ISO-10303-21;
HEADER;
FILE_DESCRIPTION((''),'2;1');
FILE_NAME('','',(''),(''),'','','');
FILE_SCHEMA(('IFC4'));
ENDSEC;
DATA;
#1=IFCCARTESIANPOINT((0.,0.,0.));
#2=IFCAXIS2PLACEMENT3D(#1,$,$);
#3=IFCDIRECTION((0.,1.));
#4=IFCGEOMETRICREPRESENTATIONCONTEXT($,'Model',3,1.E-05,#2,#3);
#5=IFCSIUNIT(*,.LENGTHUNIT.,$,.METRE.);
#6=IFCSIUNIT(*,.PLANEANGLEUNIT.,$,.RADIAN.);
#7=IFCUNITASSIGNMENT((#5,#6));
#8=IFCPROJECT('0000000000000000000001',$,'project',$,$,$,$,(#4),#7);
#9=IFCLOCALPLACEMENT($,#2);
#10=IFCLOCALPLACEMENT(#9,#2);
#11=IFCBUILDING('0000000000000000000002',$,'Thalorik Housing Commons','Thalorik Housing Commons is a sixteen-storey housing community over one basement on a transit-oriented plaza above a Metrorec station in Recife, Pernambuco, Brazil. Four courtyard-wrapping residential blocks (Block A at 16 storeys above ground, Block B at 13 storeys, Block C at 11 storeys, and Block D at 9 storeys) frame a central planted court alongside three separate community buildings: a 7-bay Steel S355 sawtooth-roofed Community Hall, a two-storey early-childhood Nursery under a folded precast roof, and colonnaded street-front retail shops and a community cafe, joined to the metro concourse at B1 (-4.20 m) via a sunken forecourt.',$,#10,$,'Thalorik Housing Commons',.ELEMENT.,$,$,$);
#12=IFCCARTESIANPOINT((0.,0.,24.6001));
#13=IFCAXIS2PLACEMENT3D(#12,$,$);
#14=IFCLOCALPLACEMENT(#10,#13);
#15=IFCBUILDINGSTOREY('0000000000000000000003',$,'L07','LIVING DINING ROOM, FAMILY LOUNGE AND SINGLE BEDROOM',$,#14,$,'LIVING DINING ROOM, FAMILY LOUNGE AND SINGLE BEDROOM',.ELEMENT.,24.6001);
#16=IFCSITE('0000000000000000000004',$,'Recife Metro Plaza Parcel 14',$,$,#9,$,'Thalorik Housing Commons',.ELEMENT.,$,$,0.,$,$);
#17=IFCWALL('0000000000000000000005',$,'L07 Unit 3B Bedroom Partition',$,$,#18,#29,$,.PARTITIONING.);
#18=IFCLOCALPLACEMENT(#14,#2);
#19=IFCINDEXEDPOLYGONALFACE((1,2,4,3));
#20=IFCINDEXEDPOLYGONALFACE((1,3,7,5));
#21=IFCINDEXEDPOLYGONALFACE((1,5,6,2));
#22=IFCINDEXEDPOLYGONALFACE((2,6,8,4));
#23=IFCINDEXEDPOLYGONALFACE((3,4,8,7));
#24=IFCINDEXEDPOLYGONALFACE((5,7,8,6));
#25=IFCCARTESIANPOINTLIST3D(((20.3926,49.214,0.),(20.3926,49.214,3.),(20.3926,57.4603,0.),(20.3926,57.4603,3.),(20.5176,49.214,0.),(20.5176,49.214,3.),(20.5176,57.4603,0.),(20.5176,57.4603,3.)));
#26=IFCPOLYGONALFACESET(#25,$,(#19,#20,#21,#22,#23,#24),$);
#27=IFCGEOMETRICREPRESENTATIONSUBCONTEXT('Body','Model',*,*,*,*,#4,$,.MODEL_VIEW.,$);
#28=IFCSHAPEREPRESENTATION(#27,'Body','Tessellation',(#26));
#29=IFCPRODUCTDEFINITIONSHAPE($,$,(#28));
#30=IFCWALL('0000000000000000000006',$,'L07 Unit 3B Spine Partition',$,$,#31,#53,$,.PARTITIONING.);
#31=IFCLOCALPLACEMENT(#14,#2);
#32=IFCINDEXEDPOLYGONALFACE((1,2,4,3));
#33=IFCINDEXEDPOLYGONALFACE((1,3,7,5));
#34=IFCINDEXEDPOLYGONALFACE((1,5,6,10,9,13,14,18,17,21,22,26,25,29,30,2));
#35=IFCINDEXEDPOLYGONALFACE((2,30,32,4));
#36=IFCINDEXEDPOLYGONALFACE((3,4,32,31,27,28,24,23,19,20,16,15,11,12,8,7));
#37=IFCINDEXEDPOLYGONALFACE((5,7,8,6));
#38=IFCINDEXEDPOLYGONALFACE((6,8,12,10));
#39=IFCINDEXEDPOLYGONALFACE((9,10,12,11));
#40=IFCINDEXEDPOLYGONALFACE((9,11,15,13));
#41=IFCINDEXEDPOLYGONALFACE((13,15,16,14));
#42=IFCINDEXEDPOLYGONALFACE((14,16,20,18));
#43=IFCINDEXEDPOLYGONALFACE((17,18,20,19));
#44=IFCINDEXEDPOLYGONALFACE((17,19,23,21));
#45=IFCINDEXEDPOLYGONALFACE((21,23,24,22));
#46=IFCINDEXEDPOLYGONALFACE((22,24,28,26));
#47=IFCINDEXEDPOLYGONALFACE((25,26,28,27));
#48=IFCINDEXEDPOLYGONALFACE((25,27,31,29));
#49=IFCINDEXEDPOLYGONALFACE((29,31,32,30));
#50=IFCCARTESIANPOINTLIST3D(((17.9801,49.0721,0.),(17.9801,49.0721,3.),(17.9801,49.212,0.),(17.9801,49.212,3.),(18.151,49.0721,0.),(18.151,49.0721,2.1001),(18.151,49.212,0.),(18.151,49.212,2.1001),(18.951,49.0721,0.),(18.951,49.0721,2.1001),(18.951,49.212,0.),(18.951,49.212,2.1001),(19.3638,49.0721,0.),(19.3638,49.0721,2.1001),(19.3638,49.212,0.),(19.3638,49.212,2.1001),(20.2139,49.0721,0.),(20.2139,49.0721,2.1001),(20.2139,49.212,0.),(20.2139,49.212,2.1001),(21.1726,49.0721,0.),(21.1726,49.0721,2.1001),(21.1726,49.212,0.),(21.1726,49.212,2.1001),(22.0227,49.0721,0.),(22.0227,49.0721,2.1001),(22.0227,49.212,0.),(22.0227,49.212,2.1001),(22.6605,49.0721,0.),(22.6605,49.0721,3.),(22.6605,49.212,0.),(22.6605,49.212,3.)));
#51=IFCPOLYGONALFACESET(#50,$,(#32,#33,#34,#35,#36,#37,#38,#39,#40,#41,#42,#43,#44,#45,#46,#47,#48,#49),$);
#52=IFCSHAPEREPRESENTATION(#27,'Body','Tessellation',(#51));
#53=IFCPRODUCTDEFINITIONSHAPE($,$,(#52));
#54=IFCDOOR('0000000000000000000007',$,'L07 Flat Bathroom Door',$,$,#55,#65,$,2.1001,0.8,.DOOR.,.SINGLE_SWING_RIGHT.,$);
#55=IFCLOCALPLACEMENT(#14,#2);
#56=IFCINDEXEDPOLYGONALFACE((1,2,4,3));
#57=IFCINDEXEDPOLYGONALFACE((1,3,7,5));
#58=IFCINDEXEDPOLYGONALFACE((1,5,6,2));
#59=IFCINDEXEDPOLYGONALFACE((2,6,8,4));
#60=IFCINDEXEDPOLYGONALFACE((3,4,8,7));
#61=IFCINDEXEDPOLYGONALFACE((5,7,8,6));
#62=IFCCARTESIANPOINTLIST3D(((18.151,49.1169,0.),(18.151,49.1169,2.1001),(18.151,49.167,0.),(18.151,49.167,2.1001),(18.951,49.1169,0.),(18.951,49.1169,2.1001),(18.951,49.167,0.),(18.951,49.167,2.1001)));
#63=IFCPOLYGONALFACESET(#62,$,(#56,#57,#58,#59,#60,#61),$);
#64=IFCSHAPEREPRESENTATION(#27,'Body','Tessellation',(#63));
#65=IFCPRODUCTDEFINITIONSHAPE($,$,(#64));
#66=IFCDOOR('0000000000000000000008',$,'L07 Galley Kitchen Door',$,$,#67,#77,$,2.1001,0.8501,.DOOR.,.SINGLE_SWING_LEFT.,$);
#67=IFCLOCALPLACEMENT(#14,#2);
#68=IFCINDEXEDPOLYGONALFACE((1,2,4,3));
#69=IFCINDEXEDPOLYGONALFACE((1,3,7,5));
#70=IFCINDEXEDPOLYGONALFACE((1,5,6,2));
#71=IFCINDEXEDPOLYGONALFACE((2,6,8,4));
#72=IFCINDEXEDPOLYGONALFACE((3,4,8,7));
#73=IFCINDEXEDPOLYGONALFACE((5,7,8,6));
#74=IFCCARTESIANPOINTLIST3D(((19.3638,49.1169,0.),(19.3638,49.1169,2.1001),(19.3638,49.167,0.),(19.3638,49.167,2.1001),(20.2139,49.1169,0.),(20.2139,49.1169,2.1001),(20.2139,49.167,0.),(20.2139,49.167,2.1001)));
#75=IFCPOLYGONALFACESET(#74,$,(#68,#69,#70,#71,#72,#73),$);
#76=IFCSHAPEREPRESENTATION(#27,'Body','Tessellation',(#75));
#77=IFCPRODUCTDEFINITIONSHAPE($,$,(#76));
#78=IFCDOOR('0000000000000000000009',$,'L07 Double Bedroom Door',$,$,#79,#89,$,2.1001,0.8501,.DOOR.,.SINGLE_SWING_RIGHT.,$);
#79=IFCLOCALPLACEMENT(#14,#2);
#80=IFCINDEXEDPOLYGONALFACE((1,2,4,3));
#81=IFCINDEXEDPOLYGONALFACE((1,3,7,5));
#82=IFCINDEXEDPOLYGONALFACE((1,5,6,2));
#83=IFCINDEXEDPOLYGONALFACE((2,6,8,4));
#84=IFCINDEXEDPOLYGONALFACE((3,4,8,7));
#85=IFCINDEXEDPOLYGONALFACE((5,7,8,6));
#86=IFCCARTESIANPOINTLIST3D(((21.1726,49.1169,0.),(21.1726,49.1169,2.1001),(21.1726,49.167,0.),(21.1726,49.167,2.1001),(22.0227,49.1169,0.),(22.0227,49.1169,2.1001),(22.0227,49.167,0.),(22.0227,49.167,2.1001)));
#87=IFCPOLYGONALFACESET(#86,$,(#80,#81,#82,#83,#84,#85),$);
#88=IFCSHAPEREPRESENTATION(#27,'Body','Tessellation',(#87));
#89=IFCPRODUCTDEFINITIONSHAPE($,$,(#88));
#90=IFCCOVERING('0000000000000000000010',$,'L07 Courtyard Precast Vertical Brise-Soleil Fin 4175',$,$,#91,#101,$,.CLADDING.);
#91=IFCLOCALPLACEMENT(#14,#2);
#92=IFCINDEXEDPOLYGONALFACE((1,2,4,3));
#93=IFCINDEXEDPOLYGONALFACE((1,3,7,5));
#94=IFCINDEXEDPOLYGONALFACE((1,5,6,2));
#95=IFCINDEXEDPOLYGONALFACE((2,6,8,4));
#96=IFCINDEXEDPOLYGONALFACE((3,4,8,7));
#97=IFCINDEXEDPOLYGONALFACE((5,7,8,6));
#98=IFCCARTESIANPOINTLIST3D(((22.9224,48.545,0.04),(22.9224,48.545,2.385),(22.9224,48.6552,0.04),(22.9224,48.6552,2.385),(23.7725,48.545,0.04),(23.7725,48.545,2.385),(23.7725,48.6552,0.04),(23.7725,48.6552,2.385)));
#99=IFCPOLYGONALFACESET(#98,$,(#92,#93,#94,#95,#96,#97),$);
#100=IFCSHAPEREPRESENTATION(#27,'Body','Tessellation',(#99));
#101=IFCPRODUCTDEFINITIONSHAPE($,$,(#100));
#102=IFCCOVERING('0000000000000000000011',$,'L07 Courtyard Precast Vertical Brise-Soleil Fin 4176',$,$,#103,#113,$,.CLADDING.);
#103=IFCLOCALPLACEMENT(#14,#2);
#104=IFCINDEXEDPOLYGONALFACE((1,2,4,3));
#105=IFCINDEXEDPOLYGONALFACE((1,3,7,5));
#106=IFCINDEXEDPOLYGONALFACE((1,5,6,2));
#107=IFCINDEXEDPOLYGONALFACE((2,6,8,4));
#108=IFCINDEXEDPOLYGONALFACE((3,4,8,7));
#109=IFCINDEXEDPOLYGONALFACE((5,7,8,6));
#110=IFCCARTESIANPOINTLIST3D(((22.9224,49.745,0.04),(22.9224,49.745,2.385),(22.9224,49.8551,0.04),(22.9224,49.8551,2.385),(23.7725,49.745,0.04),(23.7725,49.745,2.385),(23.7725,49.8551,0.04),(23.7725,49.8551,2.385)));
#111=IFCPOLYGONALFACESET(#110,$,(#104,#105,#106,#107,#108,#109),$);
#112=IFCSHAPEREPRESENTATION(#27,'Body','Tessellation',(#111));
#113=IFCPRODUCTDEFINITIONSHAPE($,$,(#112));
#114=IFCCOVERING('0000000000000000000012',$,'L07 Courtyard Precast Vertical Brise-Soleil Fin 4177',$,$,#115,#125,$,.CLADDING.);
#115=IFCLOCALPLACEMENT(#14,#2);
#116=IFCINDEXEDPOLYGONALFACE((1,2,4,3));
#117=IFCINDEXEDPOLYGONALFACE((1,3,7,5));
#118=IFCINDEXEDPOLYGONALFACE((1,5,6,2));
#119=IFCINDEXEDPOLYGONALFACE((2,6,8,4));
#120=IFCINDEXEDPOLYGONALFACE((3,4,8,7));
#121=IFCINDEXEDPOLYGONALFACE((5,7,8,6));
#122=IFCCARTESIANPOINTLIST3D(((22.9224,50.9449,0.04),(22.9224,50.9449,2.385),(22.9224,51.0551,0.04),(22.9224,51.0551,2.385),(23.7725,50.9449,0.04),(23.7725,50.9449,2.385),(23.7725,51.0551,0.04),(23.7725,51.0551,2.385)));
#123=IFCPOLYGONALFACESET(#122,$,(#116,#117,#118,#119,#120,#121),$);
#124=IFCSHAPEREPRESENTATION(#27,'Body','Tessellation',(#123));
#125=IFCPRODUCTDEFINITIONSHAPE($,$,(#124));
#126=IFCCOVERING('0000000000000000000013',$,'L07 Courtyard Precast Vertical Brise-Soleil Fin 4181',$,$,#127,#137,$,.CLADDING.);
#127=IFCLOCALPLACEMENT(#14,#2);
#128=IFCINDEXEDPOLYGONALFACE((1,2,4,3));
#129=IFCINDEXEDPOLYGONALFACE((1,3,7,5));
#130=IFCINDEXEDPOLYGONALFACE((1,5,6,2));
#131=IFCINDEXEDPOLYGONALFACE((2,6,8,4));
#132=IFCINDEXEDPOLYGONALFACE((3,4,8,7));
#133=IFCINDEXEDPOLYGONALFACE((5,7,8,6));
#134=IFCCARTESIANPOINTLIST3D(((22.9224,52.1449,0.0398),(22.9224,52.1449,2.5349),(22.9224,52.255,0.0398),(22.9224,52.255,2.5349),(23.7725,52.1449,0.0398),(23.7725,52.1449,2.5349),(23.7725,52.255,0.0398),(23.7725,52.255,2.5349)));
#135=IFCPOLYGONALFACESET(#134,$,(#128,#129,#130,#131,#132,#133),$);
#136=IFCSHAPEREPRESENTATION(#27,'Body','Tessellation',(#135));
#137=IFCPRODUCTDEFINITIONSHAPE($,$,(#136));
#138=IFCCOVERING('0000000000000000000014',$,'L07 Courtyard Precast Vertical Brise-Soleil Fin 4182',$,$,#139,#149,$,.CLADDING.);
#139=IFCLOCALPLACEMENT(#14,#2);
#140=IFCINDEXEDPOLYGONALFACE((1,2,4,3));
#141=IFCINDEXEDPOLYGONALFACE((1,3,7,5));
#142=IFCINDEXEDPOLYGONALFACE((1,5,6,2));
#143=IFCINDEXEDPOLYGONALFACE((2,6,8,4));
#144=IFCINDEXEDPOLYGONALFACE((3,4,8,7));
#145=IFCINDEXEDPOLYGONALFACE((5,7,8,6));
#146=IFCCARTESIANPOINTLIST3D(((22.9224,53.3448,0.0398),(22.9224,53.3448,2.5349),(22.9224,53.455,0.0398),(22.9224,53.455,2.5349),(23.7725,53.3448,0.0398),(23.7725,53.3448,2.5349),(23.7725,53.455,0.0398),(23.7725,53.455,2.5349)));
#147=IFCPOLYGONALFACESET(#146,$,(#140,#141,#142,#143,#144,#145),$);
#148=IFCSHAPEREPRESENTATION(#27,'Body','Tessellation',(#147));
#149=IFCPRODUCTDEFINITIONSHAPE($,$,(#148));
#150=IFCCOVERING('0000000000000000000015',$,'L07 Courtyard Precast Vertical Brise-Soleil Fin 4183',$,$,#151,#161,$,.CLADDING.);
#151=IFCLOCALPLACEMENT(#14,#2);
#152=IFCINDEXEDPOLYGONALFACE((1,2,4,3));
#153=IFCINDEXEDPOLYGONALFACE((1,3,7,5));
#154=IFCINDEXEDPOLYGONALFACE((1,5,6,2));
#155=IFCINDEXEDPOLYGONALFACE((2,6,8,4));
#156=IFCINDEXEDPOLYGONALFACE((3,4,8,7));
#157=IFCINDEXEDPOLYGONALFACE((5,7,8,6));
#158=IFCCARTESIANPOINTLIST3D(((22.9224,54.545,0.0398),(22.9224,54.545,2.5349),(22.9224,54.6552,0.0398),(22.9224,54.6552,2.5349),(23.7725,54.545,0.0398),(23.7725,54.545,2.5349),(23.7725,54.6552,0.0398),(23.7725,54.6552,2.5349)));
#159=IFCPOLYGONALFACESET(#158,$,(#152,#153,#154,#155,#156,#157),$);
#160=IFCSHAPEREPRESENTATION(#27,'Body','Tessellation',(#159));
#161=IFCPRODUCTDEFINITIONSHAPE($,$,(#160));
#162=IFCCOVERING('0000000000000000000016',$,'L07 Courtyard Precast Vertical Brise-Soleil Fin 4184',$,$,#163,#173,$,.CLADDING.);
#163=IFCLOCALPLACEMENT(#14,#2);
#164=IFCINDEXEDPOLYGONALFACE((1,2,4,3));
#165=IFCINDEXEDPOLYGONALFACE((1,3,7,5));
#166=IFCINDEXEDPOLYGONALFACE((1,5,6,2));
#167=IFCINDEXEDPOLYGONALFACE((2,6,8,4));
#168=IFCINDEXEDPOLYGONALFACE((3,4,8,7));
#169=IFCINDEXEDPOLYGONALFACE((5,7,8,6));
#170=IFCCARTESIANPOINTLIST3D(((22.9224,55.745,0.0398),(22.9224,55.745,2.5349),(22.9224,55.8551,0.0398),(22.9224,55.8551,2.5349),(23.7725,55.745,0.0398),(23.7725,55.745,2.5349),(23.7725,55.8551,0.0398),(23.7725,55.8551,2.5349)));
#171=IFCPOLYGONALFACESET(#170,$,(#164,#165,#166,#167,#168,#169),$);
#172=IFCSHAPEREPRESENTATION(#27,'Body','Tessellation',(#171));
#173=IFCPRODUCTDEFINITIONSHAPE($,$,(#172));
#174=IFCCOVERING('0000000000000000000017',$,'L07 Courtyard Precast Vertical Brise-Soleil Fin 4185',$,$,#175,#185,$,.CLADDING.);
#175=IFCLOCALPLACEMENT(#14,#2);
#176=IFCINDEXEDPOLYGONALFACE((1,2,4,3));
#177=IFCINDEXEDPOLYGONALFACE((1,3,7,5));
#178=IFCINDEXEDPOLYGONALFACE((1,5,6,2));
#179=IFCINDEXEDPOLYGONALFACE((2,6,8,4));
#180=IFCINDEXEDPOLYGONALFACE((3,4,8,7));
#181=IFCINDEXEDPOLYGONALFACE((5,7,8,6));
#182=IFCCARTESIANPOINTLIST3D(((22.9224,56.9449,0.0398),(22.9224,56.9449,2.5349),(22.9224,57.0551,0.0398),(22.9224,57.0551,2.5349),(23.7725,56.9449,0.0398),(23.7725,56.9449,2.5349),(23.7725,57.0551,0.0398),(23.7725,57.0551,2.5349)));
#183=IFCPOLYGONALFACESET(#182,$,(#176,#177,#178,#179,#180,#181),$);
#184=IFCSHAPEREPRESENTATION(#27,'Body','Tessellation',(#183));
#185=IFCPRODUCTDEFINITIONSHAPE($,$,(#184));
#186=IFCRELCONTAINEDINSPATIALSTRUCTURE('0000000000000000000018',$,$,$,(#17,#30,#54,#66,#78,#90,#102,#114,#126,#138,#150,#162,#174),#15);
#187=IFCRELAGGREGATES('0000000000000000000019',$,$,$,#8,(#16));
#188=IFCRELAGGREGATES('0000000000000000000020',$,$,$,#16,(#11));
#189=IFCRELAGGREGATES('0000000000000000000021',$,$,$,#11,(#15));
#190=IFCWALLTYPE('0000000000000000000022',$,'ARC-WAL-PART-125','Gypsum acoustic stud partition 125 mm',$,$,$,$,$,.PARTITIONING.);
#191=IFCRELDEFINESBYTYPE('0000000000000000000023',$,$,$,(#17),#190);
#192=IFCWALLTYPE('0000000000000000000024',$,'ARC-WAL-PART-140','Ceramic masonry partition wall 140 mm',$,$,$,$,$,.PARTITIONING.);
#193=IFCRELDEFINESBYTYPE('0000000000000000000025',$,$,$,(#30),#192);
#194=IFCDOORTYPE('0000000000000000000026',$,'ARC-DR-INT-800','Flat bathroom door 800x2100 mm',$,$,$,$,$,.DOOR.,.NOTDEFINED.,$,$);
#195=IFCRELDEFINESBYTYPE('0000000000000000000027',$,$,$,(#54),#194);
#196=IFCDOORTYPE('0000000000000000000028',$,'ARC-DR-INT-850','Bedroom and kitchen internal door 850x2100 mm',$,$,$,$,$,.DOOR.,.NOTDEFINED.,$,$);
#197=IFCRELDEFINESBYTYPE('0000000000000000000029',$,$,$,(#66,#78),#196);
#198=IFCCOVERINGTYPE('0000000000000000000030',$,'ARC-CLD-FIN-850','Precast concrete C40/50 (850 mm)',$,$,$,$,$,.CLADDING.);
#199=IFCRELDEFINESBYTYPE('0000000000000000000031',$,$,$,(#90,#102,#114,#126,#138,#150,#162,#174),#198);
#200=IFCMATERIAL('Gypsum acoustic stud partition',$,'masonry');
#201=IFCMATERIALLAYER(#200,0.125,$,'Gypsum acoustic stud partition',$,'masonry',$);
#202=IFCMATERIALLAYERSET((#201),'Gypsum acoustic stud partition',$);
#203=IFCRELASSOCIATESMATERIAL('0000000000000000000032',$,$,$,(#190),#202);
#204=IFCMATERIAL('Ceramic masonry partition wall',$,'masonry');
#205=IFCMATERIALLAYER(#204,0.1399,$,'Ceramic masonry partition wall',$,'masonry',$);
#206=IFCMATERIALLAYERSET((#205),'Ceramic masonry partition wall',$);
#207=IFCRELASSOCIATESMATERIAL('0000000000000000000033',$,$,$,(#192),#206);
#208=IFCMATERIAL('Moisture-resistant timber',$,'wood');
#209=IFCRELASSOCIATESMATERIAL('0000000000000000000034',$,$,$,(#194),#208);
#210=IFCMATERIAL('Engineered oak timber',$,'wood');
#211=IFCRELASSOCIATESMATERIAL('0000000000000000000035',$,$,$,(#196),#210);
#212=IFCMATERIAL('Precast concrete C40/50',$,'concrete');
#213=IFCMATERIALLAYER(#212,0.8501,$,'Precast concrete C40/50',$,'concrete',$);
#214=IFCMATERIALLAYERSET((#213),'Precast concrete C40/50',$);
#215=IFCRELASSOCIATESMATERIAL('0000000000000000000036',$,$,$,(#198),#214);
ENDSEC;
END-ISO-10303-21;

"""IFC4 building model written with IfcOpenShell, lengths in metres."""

from ifc_helpers import new_model, si_unit, direction, frame, frame_2d, origin, origin_2d, place, context, subcontext, project, spatial, rectangle, extrude, material, layer, layer_set, type_object, element, fill, save


model = new_model("IFC4")

# Units and contexts
model_context = context("Model", 3, precision=1e-05, world=origin(), true_north=direction((0.0, 1.0)))
body_context = subcontext(model_context, "Body", "Model", "MODEL_VIEW")
ifc_project = project(units=[si_unit("LENGTHUNIT", "METRE"), si_unit("PLANEANGLEUNIT", "RADIAN")], contexts=[model_context])

# Site, building, storey
site_placement = place(None, origin())
site = spatial("IfcSite", under=ifc_project, at=site_placement, Name="Recife Metro Plaza Parcel 14", LongName="Thalorik Housing Commons", CompositionType="ELEMENT", RefElevation=0.0)
building_placement = place(site_placement, origin())
building = spatial("IfcBuilding", under=site, at=building_placement, Name="Thalorik Housing Commons", Description="Thalorik Housing Commons is a sixteen-storey housing community over one basement on a transit-oriented plaza above a Metrorec station in Recife, Pernambuco, Brazil. Four courtyard-wrapping residential blocks (Block A at 16 storeys above ground, Block B at 13 storeys, Block C at 11 storeys, and Block D at 9 storeys) frame a central planted court alongside three separate community buildings: a 7-bay Steel S355 sawtooth-roofed Community Hall, a two-storey early-childhood Nursery under a folded precast roof, and colonnaded street-front retail shops and a community cafe, joined to the metro concourse at B1 (-4.20 m) via a sunken forecourt.", LongName="Thalorik Housing Commons", CompositionType="ELEMENT")
storey_placement = place(building_placement, frame((0.0, 0.0, 24.6001)))
storey = spatial("IfcBuildingStorey", under=building, at=storey_placement, Name="L07", Description="LIVING DINING ROOM, FAMILY LOUNGE AND SINGLE BEDROOM", LongName="LIVING DINING ROOM, FAMILY LOUNGE AND SINGLE BEDROOM", CompositionType="ELEMENT", Elevation=24.6001)

# Shared definitions
ifc_material_1 = material(Name="Precast concrete C40/50", Category="concrete")

# Wall
ifc_material_2 = material(Name="Gypsum acoustic stud partition", Category="masonry")
ifc_layer_1 = layer(ifc_material_2, 0.125, Name="Gypsum acoustic stud partition", Category="masonry")
ifc_layer_set_1 = layer_set([ifc_layer_1], Name="Gypsum acoustic stud partition")
wall_type_1 = type_object("IfcWallType", Name="ARC-WAL-PART-125", Description="Gypsum acoustic stud partition 125 mm", PredefinedType="PARTITIONING", material=ifc_layer_set_1)
wall_1_placement = place(storey_placement, frame((20.4551, 49.2141, 0.0), z_axis=(0.0, 0.0, 1.0), x_axis=(0.0, 1.0, 0.0)))
element("IfcWall", 1, at=wall_1_placement, inside=storey, type_object=wall_type_1, Name="L07 Unit 3B Bedroom Partition", PredefinedType="PARTITIONING", context=body_context, shape_type="SweptSolid", body=[
    extrude(rectangle(XDim=8.2463, YDim=0.125, at=frame_2d((4.123, 0.0))), origin(), (0.0, 0.0, 1.0), 3.0),
])

# Wall, openings, doors
ifc_material_3 = material(Name="Ceramic masonry partition wall", Category="masonry")
ifc_layer_2 = layer(ifc_material_3, 0.1399, Name="Ceramic masonry partition wall", Category="masonry")
ifc_layer_set_2 = layer_set([ifc_layer_2], Name="Ceramic masonry partition wall")
wall_type_2 = type_object("IfcWallType", Name="ARC-WAL-PART-140", Description="Ceramic masonry partition wall 140 mm", PredefinedType="PARTITIONING", material=ifc_layer_set_2)
wall_2_placement = place(storey_placement, frame((17.98, 49.1421, 0.0), z_axis=(0.0, 0.0, 1.0), x_axis=(1.0, 0.0, 0.0)))
wall_2 = element("IfcWall", 2, at=wall_2_placement, inside=storey, type_object=wall_type_2, Name="L07 Unit 3B Spine Partition", PredefinedType="PARTITIONING", context=body_context, shape_type="SweptSolid", body=[
    extrude(rectangle(XDim=4.6804, YDim=0.1399, at=frame_2d((2.3403, 0.0))), origin(), (0.0, 0.0, 1.0), 3.0),
])
opening_1_placement = place(wall_2_placement, frame((0.1711, 0.0, 0.0)))
opening_1 = element("IfcOpeningElement", 3, at=opening_1_placement, cuts=wall_2, PredefinedType="OPENING", context=body_context, shape_type="SweptSolid", body=[
    extrude(rectangle(XDim=0.8, YDim=2.1001, at=frame_2d((0.3999, 1.05))), frame((0.0, 0.0801, 0.0), z_axis=(0.0, -1.0, 0.0), x_axis=(1.0, 0.0, 0.0)), (0.0, 0.0, 1.0), 0.1599),
])
opening_2_placement = place(wall_2_placement, frame((1.3838, 0.0, 0.0)))
opening_2 = element("IfcOpeningElement", 4, at=opening_2_placement, cuts=wall_2, PredefinedType="OPENING", context=body_context, shape_type="SweptSolid", body=[
    extrude(rectangle(XDim=0.8501, YDim=2.1001, at=frame_2d((0.425, 1.05))), frame((0.0, 0.0801, 0.0), z_axis=(0.0, -1.0, 0.0), x_axis=(1.0, 0.0, 0.0)), (0.0, 0.0, 1.0), 0.1599),
])
opening_3_placement = place(wall_2_placement, frame((3.1926, 0.0, 0.0)))
opening_3 = element("IfcOpeningElement", 5, at=opening_3_placement, cuts=wall_2, PredefinedType="OPENING", context=body_context, shape_type="SweptSolid", body=[
    extrude(rectangle(XDim=0.8501, YDim=2.1001, at=frame_2d((0.425, 1.05))), frame((0.0, 0.0801, 0.0), z_axis=(0.0, -1.0, 0.0), x_axis=(1.0, 0.0, 0.0)), (0.0, 0.0, 1.0), 0.1599),
])
ifc_material_4 = material(Name="Moisture-resistant timber", Category="wood")
door_type_1 = type_object("IfcDoorType", Name="ARC-DR-INT-800", Description="Flat bathroom door 800x2100 mm", OperationType="NOTDEFINED", PredefinedType="DOOR", material=ifc_material_4)
door_1_placement = place(opening_1_placement, origin())
door_1 = element("IfcDoor", 6, at=door_1_placement, inside=storey, type_object=door_type_1, Name="L07 Flat Bathroom Door", OperationType="SINGLE_SWING_RIGHT", OverallHeight=2.1001, OverallWidth=0.8, PredefinedType="DOOR", context=body_context, shape_type="SweptSolid", body=[
    extrude(rectangle(XDim=0.8, YDim=2.1001, at=frame_2d((0.3999, 1.05))), frame((0.0, 0.0249, 0.0), z_axis=(0.0, -1.0, 0.0), x_axis=(1.0, 0.0, 0.0)), (0.0, 0.0, 1.0), 0.05),
])
fill(opening_1, door_1)
ifc_material_5 = material(Name="Engineered oak timber", Category="wood")
door_type_2 = type_object("IfcDoorType", Name="ARC-DR-INT-850", Description="Bedroom and kitchen internal door 850x2100 mm", OperationType="NOTDEFINED", PredefinedType="DOOR", material=ifc_material_5)
door_2_placement = place(opening_2_placement, origin())
door_2 = element("IfcDoor", 7, at=door_2_placement, inside=storey, type_object=door_type_2, Name="L07 Galley Kitchen Door", OperationType="SINGLE_SWING_LEFT", OverallHeight=2.1001, OverallWidth=0.8501, PredefinedType="DOOR", context=body_context, shape_type="SweptSolid", body=[
    extrude(rectangle(XDim=0.8501, YDim=2.1001, at=frame_2d((0.425, 1.05))), frame((0.0, 0.0249, 0.0), z_axis=(0.0, -1.0, 0.0), x_axis=(1.0, 0.0, 0.0)), (0.0, 0.0, 1.0), 0.05),
])
fill(opening_2, door_2)
door_3_placement = place(opening_3_placement, origin())
door_3 = element("IfcDoor", 8, at=door_3_placement, inside=storey, type_object=door_type_2, Name="L07 Double Bedroom Door", OperationType="SINGLE_SWING_RIGHT", OverallHeight=2.1001, OverallWidth=0.8501, PredefinedType="DOOR", context=body_context, shape_type="SweptSolid", body=[
    extrude(rectangle(XDim=0.8501, YDim=2.1001, at=frame_2d((0.425, 1.05))), frame((0.0, 0.0249, 0.0), z_axis=(0.0, -1.0, 0.0), x_axis=(1.0, 0.0, 0.0)), (0.0, 0.0, 1.0), 0.05),
])
fill(opening_3, door_3)

# Coverings
ifc_layer_3 = layer(ifc_material_1, 0.8501, Name="Precast concrete C40/50", Category="concrete")
ifc_layer_set_3 = layer_set([ifc_layer_3], Name="Precast concrete C40/50")
covering_type_1 = type_object("IfcCoveringType", Name="ARC-CLD-FIN-850", Description="Precast concrete C40/50 (850 mm)", PredefinedType="CLADDING", material=ifc_layer_set_3)
for number, where, z_axis, x_axis, name in (
    (9, (23.3474, 48.6001, 0.04), (0.0, 0.0, 1.0), (0.0, 1.0, 0.0), "L07 Courtyard Precast Vertical Brise-Soleil Fin 4175"),
    (10, (23.3474, 49.8, 0.04), (0.0, 0.0, 1.0), (0.0, 1.0, 0.0), "L07 Courtyard Precast Vertical Brise-Soleil Fin 4176"),
    (11, (23.3474, 51.0, 0.04), (0.0, 0.0, 1.0), (0.0, 1.0, 0.0), "L07 Courtyard Precast Vertical Brise-Soleil Fin 4177"),
):
    element("IfcCovering", number, at=place(storey_placement, frame(where, z_axis=z_axis, x_axis=x_axis)), inside=storey, type_object=covering_type_1, Name=name, PredefinedType="CLADDING", context=body_context, shape_type="SweptSolid", body=[
        extrude(rectangle(XDim=0.1101, YDim=0.8501, at=origin_2d()), origin(), (0.0, 0.0, 1.0), 2.345),
    ])
for number, where, z_axis, x_axis, name in (
    (12, (23.3474, 52.2, 0.0398), (0.0, 0.0, 1.0), (0.0, 1.0, 0.0), "L07 Courtyard Precast Vertical Brise-Soleil Fin 4181"),
    (13, (23.3474, 53.3999, 0.0398), (0.0, 0.0, 1.0), (0.0, 1.0, 0.0), "L07 Courtyard Precast Vertical Brise-Soleil Fin 4182"),
    (14, (23.3474, 54.6001, 0.0398), (0.0, 0.0, 1.0), (0.0, 1.0, 0.0), "L07 Courtyard Precast Vertical Brise-Soleil Fin 4183"),
    (15, (23.3474, 55.8, 0.0398), (0.0, 0.0, 1.0), (0.0, 1.0, 0.0), "L07 Courtyard Precast Vertical Brise-Soleil Fin 4184"),
    (16, (23.3474, 57.0, 0.0398), (0.0, 0.0, 1.0), (0.0, 1.0, 0.0), "L07 Courtyard Precast Vertical Brise-Soleil Fin 4185"),
):
    element("IfcCovering", number, at=place(storey_placement, frame(where, z_axis=z_axis, x_axis=x_axis)), inside=storey, type_object=covering_type_1, Name=name, PredefinedType="CLADDING", context=body_context, shape_type="SweptSolid", body=[
        extrude(rectangle(XDim=0.1101, YDim=0.8501, at=origin_2d()), origin(), (0.0, 0.0, 1.0), 2.4951),
    ])

save(model, "model.ifc")
